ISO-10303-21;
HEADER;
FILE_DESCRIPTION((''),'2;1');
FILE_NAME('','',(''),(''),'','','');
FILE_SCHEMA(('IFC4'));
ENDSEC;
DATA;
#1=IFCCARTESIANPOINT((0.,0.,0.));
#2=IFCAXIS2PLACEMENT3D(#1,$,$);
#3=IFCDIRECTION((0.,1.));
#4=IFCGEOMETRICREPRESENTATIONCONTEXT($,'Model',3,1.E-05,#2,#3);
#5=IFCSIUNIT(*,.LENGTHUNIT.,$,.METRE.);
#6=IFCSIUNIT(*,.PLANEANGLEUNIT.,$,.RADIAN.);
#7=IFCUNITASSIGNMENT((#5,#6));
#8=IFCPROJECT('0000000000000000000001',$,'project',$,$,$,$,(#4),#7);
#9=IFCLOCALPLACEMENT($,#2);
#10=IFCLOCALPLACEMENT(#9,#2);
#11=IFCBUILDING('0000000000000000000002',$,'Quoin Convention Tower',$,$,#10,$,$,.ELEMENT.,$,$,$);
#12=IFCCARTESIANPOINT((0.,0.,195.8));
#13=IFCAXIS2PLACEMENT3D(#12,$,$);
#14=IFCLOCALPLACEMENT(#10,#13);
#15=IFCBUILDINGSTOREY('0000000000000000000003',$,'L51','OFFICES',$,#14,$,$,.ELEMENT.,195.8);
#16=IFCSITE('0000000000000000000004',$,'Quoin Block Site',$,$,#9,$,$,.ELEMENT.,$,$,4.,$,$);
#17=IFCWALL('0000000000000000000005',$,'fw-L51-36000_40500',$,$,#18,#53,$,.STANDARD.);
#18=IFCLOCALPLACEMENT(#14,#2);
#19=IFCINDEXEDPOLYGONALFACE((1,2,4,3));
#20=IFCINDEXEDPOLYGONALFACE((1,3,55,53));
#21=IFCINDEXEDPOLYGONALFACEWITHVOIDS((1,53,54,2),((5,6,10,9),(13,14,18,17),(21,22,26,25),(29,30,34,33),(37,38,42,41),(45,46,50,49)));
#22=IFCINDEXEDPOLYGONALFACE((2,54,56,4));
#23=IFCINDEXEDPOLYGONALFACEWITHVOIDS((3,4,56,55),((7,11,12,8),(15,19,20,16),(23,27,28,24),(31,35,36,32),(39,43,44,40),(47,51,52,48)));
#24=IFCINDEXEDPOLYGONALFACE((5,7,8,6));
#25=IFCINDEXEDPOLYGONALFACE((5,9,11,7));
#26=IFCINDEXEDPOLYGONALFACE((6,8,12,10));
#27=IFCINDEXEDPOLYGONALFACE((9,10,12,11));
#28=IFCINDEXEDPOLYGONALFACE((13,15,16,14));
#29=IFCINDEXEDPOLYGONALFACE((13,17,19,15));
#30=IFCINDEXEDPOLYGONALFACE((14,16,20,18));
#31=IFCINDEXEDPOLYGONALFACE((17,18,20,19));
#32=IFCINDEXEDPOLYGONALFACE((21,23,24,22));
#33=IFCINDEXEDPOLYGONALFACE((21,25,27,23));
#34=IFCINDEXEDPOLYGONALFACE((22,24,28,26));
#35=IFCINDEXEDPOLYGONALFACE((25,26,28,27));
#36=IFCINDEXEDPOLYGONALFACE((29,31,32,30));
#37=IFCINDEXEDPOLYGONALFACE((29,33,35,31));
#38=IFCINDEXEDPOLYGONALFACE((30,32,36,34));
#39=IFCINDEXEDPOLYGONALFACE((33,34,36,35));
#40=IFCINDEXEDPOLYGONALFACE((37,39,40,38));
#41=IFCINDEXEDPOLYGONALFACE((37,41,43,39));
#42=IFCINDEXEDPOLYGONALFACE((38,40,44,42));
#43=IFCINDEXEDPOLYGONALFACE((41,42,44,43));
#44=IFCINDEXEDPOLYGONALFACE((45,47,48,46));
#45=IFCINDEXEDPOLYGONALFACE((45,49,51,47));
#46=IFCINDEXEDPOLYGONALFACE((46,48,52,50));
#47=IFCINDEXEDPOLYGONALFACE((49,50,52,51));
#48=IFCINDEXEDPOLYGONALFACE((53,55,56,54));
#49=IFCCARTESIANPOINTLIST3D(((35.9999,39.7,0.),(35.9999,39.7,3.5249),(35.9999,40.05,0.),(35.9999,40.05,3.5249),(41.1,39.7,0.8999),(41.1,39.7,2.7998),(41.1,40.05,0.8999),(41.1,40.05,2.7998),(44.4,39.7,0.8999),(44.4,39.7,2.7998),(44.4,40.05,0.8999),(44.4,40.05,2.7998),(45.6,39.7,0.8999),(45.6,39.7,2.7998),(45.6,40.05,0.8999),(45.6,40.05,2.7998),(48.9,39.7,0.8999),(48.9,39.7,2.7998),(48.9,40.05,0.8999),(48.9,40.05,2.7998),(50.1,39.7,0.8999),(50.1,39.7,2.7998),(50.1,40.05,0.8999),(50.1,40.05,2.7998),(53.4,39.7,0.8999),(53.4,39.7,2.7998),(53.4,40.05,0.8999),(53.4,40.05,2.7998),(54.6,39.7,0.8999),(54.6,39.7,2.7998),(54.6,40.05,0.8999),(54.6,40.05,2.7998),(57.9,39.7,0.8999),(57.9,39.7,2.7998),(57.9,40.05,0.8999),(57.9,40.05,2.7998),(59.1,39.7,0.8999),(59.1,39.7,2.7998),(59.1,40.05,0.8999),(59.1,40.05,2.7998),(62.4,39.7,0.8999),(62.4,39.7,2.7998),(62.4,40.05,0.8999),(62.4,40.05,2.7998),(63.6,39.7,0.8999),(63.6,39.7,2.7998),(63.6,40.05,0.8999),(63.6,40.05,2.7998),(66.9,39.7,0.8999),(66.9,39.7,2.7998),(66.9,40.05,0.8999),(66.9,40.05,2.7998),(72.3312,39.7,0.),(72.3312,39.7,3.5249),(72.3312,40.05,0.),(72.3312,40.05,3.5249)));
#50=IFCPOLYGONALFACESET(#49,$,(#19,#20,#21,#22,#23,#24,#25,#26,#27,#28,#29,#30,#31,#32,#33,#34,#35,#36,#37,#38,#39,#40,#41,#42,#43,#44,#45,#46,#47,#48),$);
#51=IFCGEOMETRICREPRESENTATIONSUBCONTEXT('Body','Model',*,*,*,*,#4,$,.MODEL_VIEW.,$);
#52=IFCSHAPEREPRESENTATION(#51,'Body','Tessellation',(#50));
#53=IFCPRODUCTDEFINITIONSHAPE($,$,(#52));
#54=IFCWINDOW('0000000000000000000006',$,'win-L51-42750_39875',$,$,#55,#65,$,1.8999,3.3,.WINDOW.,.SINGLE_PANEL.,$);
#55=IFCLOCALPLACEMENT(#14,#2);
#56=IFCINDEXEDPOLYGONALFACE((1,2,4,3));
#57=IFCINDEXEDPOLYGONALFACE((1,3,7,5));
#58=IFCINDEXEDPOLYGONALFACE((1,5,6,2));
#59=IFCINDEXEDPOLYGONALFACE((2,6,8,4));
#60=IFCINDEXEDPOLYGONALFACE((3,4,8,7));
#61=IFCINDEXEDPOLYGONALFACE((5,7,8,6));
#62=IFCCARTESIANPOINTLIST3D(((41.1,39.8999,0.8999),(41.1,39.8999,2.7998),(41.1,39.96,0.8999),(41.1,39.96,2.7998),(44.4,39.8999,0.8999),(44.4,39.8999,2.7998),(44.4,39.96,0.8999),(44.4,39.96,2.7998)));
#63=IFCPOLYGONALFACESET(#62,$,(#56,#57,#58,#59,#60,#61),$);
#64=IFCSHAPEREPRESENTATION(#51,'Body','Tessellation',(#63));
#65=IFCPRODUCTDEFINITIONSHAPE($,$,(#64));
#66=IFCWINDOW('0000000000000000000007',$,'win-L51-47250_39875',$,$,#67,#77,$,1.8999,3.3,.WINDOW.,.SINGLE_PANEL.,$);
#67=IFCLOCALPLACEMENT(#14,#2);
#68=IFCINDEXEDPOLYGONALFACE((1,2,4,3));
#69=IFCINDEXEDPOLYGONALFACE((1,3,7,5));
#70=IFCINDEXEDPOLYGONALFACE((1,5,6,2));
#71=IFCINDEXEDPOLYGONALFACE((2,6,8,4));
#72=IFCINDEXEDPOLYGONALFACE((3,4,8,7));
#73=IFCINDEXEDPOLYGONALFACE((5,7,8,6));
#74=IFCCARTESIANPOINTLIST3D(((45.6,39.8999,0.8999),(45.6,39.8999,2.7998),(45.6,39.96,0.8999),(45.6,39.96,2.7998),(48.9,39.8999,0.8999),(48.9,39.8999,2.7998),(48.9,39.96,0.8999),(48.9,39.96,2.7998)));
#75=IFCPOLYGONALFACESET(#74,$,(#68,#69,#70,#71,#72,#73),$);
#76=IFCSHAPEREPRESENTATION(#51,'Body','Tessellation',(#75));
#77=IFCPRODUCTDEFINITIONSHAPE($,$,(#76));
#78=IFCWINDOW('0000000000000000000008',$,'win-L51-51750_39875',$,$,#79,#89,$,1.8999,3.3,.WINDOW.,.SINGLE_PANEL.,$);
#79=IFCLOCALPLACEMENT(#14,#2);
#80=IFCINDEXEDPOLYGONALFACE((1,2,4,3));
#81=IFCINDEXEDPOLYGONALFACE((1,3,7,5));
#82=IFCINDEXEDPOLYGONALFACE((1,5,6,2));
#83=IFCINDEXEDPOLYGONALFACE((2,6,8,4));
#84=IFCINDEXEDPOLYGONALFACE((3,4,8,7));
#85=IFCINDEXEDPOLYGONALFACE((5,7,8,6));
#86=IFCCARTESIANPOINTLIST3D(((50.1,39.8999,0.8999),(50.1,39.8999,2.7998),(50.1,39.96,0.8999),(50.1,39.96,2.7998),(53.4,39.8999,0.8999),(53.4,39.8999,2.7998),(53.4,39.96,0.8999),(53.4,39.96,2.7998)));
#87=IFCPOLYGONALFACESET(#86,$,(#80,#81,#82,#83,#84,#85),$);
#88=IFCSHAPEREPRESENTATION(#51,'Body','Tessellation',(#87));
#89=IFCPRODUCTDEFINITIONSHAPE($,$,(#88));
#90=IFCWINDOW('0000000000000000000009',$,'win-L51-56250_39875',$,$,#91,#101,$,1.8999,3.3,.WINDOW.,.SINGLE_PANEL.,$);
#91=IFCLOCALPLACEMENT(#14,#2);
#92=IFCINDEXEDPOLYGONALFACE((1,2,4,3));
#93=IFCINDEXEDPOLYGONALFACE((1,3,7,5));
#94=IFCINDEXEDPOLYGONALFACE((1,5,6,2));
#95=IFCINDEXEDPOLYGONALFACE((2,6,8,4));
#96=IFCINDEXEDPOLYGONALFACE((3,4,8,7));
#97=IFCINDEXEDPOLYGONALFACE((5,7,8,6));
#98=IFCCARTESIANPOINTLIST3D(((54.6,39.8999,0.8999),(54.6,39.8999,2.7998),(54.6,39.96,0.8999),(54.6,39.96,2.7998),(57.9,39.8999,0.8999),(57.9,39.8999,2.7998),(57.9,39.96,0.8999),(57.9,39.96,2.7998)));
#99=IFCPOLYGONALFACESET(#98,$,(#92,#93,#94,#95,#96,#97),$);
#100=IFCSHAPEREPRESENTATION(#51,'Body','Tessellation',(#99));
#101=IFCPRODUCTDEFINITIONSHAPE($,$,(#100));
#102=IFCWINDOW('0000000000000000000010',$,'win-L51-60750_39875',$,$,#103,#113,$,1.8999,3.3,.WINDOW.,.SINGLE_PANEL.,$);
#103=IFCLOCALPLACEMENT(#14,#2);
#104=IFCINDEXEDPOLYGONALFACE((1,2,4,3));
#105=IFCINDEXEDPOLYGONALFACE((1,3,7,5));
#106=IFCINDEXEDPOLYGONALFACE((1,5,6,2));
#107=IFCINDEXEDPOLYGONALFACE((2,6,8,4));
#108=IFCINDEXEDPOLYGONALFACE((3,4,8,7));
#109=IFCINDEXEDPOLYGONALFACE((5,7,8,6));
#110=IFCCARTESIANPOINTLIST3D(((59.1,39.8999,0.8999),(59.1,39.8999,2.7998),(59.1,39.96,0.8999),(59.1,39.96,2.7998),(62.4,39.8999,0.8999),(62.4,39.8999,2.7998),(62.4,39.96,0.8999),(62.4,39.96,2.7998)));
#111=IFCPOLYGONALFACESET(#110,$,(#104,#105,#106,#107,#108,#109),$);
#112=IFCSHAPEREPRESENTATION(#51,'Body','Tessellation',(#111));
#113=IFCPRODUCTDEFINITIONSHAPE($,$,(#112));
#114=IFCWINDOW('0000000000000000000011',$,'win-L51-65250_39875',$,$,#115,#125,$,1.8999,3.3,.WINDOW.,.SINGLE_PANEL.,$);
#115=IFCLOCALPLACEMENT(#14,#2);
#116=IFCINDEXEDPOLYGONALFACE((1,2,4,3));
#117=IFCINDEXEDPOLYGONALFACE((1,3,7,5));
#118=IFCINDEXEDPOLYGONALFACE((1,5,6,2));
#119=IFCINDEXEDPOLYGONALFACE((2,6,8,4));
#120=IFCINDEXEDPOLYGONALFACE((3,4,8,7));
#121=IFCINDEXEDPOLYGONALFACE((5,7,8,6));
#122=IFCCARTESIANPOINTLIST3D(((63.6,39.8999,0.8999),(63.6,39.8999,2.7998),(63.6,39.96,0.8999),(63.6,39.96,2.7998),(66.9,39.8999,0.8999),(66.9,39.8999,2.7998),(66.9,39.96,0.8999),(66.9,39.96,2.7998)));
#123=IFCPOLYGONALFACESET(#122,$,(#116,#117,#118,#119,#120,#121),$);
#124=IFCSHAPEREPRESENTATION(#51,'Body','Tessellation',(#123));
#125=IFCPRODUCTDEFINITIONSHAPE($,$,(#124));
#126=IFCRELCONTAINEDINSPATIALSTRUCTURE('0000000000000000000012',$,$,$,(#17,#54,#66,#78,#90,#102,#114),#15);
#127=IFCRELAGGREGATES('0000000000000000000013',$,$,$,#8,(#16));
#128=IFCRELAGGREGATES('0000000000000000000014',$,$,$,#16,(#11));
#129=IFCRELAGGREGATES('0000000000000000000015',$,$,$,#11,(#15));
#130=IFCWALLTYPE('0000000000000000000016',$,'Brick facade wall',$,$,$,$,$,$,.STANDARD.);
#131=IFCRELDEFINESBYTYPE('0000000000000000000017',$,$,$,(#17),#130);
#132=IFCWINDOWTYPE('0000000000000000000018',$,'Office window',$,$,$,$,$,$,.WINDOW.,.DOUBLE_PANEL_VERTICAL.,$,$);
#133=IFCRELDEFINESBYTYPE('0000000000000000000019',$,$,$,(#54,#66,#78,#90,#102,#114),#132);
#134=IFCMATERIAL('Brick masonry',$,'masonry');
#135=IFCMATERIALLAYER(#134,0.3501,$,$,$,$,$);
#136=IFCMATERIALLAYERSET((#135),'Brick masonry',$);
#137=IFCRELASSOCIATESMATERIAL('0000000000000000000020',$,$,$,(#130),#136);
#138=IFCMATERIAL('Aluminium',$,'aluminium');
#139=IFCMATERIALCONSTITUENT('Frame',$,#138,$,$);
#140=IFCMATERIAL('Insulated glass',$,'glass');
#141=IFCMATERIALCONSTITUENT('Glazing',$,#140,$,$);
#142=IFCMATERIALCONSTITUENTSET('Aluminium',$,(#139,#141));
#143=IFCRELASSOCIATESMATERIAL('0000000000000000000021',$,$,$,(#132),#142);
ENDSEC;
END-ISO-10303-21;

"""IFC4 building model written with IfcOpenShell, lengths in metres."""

from ifc_helpers import new_model, si_unit, direction, frame, frame_2d, origin, place, context, subcontext, project, spatial, rectangle, extrude, material, layer, layer_set, constituent, constituent_set, type_object, element, fill, save


model = new_model("IFC4")

# Units and contexts
model_context = context("Model", 3, precision=1e-05, world=origin(), true_north=direction((0.0, 1.0)))
body_context = subcontext(model_context, "Body", "Model", "MODEL_VIEW")
ifc_project = project(units=[si_unit("LENGTHUNIT", "METRE"), si_unit("PLANEANGLEUNIT", "RADIAN")], contexts=[model_context])

# Site, building, storey
site_placement = place(None, origin())
site = spatial("IfcSite", under=ifc_project, at=site_placement, Name="Quoin Block Site", CompositionType="ELEMENT", RefElevation=4.0)
building_placement = place(site_placement, origin())
building = spatial("IfcBuilding", under=site, at=building_placement, Name="Quoin Convention Tower", CompositionType="ELEMENT")
storey_placement = place(building_placement, frame((0.0, 0.0, 195.8)))
storey = spatial("IfcBuildingStorey", under=building, at=storey_placement, Name="L51", Description="OFFICES", CompositionType="ELEMENT", Elevation=195.8)

# Wall, openings, windows
ifc_material_1 = material(Name="Brick masonry", Category="masonry")
ifc_layer_1 = layer(ifc_material_1, 0.3501)
ifc_layer_set_1 = layer_set([ifc_layer_1], Name="Brick masonry")
wall_type = type_object("IfcWallType", Name="Brick facade wall", PredefinedType="STANDARD", material=ifc_layer_set_1)
wall_1_placement = place(storey_placement, frame((36.0, 39.875, 0.0), z_axis=(0.0, 0.0, 1.0), x_axis=(1.0, 0.0, 0.0)))
wall_1 = element("IfcWall", 1, at=wall_1_placement, inside=storey, type_object=wall_type, Name="fw-L51-36000_40500", PredefinedType="STANDARD", context=body_context, shape_type="SweptSolid", body=[
    extrude(rectangle(XDim=36.3313, YDim=0.3501, at=frame_2d((18.1655, 0.0))), origin(), (0.0, 0.0, 1.0), 3.5249),
])
opening_1_placement = place(wall_1_placement, frame((5.1001, 0.0, 0.8999)))
opening_1 = element("IfcOpeningElement", 2, at=opening_1_placement, cuts=wall_1, PredefinedType="OPENING", context=body_context, shape_type="SweptSolid", body=[
    extrude(rectangle(XDim=3.3, YDim=1.8999, at=frame_2d((1.6499, 0.95))), frame((0.0, 0.1851, 0.0), z_axis=(0.0, -1.0, 0.0), x_axis=(1.0, 0.0, 0.0)), (0.0, 0.0, 1.0), 0.3701),
])
opening_2_placement = place(wall_1_placement, frame((9.6001, 0.0, 0.8999)))
opening_2 = element("IfcOpeningElement", 3, at=opening_2_placement, cuts=wall_1, PredefinedType="OPENING", context=body_context, shape_type="SweptSolid", body=[
    extrude(rectangle(XDim=3.3, YDim=1.8999, at=frame_2d((1.6499, 0.95))), frame((0.0, 0.1851, 0.0), z_axis=(0.0, -1.0, 0.0), x_axis=(1.0, 0.0, 0.0)), (0.0, 0.0, 1.0), 0.3701),
])
opening_3_placement = place(wall_1_placement, frame((14.1001, 0.0, 0.8999)))
opening_3 = element("IfcOpeningElement", 4, at=opening_3_placement, cuts=wall_1, PredefinedType="OPENING", context=body_context, shape_type="SweptSolid", body=[
    extrude(rectangle(XDim=3.3, YDim=1.8999, at=frame_2d((1.6499, 0.95))), frame((0.0, 0.1851, 0.0), z_axis=(0.0, -1.0, 0.0), x_axis=(1.0, 0.0, 0.0)), (0.0, 0.0, 1.0), 0.3701),
])
opening_4_placement = place(wall_1_placement, frame((18.6001, 0.0, 0.8999)))
opening_4 = element("IfcOpeningElement", 5, at=opening_4_placement, cuts=wall_1, PredefinedType="OPENING", context=body_context, shape_type="SweptSolid", body=[
    extrude(rectangle(XDim=3.3, YDim=1.8999, at=frame_2d((1.6499, 0.95))), frame((0.0, 0.1851, 0.0), z_axis=(0.0, -1.0, 0.0), x_axis=(1.0, 0.0, 0.0)), (0.0, 0.0, 1.0), 0.3701),
])
opening_5_placement = place(wall_1_placement, frame((23.1001, 0.0, 0.8999)))
opening_5 = element("IfcOpeningElement", 6, at=opening_5_placement, cuts=wall_1, PredefinedType="OPENING", context=body_context, shape_type="SweptSolid", body=[
    extrude(rectangle(XDim=3.3, YDim=1.8999, at=frame_2d((1.6499, 0.95))), frame((0.0, 0.1851, 0.0), z_axis=(0.0, -1.0, 0.0), x_axis=(1.0, 0.0, 0.0)), (0.0, 0.0, 1.0), 0.3701),
])
opening_6_placement = place(wall_1_placement, frame((27.6001, 0.0, 0.8999)))
opening_6 = element("IfcOpeningElement", 7, at=opening_6_placement, cuts=wall_1, PredefinedType="OPENING", context=body_context, shape_type="SweptSolid", body=[
    extrude(rectangle(XDim=3.3, YDim=1.8999, at=frame_2d((1.6499, 0.95))), frame((0.0, 0.1851, 0.0), z_axis=(0.0, -1.0, 0.0), x_axis=(1.0, 0.0, 0.0)), (0.0, 0.0, 1.0), 0.3701),
])
ifc_material_2 = material(Name="Aluminium", Category="aluminium")
ifc_constituent_1 = constituent(ifc_material_2, Name="Frame")
ifc_material_3 = material(Name="Insulated glass", Category="glass")
ifc_constituent_2 = constituent(ifc_material_3, Name="Glazing")
ifc_constituent_set = constituent_set(constituents=[ifc_constituent_1, ifc_constituent_2], Name="Aluminium")
window_type = type_object("IfcWindowType", Name="Office window", PartitioningType="DOUBLE_PANEL_VERTICAL", PredefinedType="WINDOW", material=ifc_constituent_set)
window_1_placement = place(opening_1_placement, origin())
window_1 = element("IfcWindow", 8, at=window_1_placement, inside=storey, type_object=window_type, Name="win-L51-42750_39875", OverallHeight=1.8999, OverallWidth=3.3, PartitioningType="SINGLE_PANEL", PredefinedType="WINDOW", context=body_context, shape_type="SweptSolid", body=[
    extrude(rectangle(XDim=3.3, YDim=1.8999, at=frame_2d((1.6499, 0.95))), frame((0.0, 0.085, 0.0), z_axis=(0.0, -1.0, 0.0), x_axis=(1.0, 0.0, 0.0)), (0.0, 0.0, 1.0), 0.0601),
])
fill(opening_1, window_1)
window_2_placement = place(opening_2_placement, origin())
window_2 = element("IfcWindow", 9, at=window_2_placement, inside=storey, type_object=window_type, Name="win-L51-47250_39875", OverallHeight=1.8999, OverallWidth=3.3, PartitioningType="SINGLE_PANEL", PredefinedType="WINDOW", context=body_context, shape_type="SweptSolid", body=[
    extrude(rectangle(XDim=3.3, YDim=1.8999, at=frame_2d((1.6499, 0.95))), frame((0.0, 0.085, 0.0), z_axis=(0.0, -1.0, 0.0), x_axis=(1.0, 0.0, 0.0)), (0.0, 0.0, 1.0), 0.0601),
])
fill(opening_2, window_2)
window_3_placement = place(opening_3_placement, origin())
window_3 = element("IfcWindow", 10, at=window_3_placement, inside=storey, type_object=window_type, Name="win-L51-51750_39875", OverallHeight=1.8999, OverallWidth=3.3, PartitioningType="SINGLE_PANEL", PredefinedType="WINDOW", context=body_context, shape_type="SweptSolid", body=[
    extrude(rectangle(XDim=3.3, YDim=1.8999, at=frame_2d((1.6499, 0.95))), frame((0.0, 0.085, 0.0), z_axis=(0.0, -1.0, 0.0), x_axis=(1.0, 0.0, 0.0)), (0.0, 0.0, 1.0), 0.0601),
])
fill(opening_3, window_3)
window_4_placement = place(opening_4_placement, origin())
window_4 = element("IfcWindow", 11, at=window_4_placement, inside=storey, type_object=window_type, Name="win-L51-56250_39875", OverallHeight=1.8999, OverallWidth=3.3, PartitioningType="SINGLE_PANEL", PredefinedType="WINDOW", context=body_context, shape_type="SweptSolid", body=[
    extrude(rectangle(XDim=3.3, YDim=1.8999, at=frame_2d((1.6499, 0.95))), frame((0.0, 0.085, 0.0), z_axis=(0.0, -1.0, 0.0), x_axis=(1.0, 0.0, 0.0)), (0.0, 0.0, 1.0), 0.0601),
])
fill(opening_4, window_4)
window_5_placement = place(opening_5_placement, origin())
window_5 = element("IfcWindow", 12, at=window_5_placement, inside=storey, type_object=window_type, Name="win-L51-60750_39875", OverallHeight=1.8999, OverallWidth=3.3, PartitioningType="SINGLE_PANEL", PredefinedType="WINDOW", context=body_context, shape_type="SweptSolid", body=[
    extrude(rectangle(XDim=3.3, YDim=1.8999, at=frame_2d((1.6499, 0.95))), frame((0.0, 0.085, 0.0), z_axis=(0.0, -1.0, 0.0), x_axis=(1.0, 0.0, 0.0)), (0.0, 0.0, 1.0), 0.0601),
])
fill(opening_5, window_5)
window_6_placement = place(opening_6_placement, origin())
window_6 = element("IfcWindow", 13, at=window_6_placement, inside=storey, type_object=window_type, Name="win-L51-65250_39875", OverallHeight=1.8999, OverallWidth=3.3, PartitioningType="SINGLE_PANEL", PredefinedType="WINDOW", context=body_context, shape_type="SweptSolid", body=[
    extrude(rectangle(XDim=3.3, YDim=1.8999, at=frame_2d((1.6499, 0.95))), frame((0.0, 0.085, 0.0), z_axis=(0.0, -1.0, 0.0), x_axis=(1.0, 0.0, 0.0)), (0.0, 0.0, 1.0), 0.0601),
])
fill(opening_6, window_6)

save(model, "model.ifc")
